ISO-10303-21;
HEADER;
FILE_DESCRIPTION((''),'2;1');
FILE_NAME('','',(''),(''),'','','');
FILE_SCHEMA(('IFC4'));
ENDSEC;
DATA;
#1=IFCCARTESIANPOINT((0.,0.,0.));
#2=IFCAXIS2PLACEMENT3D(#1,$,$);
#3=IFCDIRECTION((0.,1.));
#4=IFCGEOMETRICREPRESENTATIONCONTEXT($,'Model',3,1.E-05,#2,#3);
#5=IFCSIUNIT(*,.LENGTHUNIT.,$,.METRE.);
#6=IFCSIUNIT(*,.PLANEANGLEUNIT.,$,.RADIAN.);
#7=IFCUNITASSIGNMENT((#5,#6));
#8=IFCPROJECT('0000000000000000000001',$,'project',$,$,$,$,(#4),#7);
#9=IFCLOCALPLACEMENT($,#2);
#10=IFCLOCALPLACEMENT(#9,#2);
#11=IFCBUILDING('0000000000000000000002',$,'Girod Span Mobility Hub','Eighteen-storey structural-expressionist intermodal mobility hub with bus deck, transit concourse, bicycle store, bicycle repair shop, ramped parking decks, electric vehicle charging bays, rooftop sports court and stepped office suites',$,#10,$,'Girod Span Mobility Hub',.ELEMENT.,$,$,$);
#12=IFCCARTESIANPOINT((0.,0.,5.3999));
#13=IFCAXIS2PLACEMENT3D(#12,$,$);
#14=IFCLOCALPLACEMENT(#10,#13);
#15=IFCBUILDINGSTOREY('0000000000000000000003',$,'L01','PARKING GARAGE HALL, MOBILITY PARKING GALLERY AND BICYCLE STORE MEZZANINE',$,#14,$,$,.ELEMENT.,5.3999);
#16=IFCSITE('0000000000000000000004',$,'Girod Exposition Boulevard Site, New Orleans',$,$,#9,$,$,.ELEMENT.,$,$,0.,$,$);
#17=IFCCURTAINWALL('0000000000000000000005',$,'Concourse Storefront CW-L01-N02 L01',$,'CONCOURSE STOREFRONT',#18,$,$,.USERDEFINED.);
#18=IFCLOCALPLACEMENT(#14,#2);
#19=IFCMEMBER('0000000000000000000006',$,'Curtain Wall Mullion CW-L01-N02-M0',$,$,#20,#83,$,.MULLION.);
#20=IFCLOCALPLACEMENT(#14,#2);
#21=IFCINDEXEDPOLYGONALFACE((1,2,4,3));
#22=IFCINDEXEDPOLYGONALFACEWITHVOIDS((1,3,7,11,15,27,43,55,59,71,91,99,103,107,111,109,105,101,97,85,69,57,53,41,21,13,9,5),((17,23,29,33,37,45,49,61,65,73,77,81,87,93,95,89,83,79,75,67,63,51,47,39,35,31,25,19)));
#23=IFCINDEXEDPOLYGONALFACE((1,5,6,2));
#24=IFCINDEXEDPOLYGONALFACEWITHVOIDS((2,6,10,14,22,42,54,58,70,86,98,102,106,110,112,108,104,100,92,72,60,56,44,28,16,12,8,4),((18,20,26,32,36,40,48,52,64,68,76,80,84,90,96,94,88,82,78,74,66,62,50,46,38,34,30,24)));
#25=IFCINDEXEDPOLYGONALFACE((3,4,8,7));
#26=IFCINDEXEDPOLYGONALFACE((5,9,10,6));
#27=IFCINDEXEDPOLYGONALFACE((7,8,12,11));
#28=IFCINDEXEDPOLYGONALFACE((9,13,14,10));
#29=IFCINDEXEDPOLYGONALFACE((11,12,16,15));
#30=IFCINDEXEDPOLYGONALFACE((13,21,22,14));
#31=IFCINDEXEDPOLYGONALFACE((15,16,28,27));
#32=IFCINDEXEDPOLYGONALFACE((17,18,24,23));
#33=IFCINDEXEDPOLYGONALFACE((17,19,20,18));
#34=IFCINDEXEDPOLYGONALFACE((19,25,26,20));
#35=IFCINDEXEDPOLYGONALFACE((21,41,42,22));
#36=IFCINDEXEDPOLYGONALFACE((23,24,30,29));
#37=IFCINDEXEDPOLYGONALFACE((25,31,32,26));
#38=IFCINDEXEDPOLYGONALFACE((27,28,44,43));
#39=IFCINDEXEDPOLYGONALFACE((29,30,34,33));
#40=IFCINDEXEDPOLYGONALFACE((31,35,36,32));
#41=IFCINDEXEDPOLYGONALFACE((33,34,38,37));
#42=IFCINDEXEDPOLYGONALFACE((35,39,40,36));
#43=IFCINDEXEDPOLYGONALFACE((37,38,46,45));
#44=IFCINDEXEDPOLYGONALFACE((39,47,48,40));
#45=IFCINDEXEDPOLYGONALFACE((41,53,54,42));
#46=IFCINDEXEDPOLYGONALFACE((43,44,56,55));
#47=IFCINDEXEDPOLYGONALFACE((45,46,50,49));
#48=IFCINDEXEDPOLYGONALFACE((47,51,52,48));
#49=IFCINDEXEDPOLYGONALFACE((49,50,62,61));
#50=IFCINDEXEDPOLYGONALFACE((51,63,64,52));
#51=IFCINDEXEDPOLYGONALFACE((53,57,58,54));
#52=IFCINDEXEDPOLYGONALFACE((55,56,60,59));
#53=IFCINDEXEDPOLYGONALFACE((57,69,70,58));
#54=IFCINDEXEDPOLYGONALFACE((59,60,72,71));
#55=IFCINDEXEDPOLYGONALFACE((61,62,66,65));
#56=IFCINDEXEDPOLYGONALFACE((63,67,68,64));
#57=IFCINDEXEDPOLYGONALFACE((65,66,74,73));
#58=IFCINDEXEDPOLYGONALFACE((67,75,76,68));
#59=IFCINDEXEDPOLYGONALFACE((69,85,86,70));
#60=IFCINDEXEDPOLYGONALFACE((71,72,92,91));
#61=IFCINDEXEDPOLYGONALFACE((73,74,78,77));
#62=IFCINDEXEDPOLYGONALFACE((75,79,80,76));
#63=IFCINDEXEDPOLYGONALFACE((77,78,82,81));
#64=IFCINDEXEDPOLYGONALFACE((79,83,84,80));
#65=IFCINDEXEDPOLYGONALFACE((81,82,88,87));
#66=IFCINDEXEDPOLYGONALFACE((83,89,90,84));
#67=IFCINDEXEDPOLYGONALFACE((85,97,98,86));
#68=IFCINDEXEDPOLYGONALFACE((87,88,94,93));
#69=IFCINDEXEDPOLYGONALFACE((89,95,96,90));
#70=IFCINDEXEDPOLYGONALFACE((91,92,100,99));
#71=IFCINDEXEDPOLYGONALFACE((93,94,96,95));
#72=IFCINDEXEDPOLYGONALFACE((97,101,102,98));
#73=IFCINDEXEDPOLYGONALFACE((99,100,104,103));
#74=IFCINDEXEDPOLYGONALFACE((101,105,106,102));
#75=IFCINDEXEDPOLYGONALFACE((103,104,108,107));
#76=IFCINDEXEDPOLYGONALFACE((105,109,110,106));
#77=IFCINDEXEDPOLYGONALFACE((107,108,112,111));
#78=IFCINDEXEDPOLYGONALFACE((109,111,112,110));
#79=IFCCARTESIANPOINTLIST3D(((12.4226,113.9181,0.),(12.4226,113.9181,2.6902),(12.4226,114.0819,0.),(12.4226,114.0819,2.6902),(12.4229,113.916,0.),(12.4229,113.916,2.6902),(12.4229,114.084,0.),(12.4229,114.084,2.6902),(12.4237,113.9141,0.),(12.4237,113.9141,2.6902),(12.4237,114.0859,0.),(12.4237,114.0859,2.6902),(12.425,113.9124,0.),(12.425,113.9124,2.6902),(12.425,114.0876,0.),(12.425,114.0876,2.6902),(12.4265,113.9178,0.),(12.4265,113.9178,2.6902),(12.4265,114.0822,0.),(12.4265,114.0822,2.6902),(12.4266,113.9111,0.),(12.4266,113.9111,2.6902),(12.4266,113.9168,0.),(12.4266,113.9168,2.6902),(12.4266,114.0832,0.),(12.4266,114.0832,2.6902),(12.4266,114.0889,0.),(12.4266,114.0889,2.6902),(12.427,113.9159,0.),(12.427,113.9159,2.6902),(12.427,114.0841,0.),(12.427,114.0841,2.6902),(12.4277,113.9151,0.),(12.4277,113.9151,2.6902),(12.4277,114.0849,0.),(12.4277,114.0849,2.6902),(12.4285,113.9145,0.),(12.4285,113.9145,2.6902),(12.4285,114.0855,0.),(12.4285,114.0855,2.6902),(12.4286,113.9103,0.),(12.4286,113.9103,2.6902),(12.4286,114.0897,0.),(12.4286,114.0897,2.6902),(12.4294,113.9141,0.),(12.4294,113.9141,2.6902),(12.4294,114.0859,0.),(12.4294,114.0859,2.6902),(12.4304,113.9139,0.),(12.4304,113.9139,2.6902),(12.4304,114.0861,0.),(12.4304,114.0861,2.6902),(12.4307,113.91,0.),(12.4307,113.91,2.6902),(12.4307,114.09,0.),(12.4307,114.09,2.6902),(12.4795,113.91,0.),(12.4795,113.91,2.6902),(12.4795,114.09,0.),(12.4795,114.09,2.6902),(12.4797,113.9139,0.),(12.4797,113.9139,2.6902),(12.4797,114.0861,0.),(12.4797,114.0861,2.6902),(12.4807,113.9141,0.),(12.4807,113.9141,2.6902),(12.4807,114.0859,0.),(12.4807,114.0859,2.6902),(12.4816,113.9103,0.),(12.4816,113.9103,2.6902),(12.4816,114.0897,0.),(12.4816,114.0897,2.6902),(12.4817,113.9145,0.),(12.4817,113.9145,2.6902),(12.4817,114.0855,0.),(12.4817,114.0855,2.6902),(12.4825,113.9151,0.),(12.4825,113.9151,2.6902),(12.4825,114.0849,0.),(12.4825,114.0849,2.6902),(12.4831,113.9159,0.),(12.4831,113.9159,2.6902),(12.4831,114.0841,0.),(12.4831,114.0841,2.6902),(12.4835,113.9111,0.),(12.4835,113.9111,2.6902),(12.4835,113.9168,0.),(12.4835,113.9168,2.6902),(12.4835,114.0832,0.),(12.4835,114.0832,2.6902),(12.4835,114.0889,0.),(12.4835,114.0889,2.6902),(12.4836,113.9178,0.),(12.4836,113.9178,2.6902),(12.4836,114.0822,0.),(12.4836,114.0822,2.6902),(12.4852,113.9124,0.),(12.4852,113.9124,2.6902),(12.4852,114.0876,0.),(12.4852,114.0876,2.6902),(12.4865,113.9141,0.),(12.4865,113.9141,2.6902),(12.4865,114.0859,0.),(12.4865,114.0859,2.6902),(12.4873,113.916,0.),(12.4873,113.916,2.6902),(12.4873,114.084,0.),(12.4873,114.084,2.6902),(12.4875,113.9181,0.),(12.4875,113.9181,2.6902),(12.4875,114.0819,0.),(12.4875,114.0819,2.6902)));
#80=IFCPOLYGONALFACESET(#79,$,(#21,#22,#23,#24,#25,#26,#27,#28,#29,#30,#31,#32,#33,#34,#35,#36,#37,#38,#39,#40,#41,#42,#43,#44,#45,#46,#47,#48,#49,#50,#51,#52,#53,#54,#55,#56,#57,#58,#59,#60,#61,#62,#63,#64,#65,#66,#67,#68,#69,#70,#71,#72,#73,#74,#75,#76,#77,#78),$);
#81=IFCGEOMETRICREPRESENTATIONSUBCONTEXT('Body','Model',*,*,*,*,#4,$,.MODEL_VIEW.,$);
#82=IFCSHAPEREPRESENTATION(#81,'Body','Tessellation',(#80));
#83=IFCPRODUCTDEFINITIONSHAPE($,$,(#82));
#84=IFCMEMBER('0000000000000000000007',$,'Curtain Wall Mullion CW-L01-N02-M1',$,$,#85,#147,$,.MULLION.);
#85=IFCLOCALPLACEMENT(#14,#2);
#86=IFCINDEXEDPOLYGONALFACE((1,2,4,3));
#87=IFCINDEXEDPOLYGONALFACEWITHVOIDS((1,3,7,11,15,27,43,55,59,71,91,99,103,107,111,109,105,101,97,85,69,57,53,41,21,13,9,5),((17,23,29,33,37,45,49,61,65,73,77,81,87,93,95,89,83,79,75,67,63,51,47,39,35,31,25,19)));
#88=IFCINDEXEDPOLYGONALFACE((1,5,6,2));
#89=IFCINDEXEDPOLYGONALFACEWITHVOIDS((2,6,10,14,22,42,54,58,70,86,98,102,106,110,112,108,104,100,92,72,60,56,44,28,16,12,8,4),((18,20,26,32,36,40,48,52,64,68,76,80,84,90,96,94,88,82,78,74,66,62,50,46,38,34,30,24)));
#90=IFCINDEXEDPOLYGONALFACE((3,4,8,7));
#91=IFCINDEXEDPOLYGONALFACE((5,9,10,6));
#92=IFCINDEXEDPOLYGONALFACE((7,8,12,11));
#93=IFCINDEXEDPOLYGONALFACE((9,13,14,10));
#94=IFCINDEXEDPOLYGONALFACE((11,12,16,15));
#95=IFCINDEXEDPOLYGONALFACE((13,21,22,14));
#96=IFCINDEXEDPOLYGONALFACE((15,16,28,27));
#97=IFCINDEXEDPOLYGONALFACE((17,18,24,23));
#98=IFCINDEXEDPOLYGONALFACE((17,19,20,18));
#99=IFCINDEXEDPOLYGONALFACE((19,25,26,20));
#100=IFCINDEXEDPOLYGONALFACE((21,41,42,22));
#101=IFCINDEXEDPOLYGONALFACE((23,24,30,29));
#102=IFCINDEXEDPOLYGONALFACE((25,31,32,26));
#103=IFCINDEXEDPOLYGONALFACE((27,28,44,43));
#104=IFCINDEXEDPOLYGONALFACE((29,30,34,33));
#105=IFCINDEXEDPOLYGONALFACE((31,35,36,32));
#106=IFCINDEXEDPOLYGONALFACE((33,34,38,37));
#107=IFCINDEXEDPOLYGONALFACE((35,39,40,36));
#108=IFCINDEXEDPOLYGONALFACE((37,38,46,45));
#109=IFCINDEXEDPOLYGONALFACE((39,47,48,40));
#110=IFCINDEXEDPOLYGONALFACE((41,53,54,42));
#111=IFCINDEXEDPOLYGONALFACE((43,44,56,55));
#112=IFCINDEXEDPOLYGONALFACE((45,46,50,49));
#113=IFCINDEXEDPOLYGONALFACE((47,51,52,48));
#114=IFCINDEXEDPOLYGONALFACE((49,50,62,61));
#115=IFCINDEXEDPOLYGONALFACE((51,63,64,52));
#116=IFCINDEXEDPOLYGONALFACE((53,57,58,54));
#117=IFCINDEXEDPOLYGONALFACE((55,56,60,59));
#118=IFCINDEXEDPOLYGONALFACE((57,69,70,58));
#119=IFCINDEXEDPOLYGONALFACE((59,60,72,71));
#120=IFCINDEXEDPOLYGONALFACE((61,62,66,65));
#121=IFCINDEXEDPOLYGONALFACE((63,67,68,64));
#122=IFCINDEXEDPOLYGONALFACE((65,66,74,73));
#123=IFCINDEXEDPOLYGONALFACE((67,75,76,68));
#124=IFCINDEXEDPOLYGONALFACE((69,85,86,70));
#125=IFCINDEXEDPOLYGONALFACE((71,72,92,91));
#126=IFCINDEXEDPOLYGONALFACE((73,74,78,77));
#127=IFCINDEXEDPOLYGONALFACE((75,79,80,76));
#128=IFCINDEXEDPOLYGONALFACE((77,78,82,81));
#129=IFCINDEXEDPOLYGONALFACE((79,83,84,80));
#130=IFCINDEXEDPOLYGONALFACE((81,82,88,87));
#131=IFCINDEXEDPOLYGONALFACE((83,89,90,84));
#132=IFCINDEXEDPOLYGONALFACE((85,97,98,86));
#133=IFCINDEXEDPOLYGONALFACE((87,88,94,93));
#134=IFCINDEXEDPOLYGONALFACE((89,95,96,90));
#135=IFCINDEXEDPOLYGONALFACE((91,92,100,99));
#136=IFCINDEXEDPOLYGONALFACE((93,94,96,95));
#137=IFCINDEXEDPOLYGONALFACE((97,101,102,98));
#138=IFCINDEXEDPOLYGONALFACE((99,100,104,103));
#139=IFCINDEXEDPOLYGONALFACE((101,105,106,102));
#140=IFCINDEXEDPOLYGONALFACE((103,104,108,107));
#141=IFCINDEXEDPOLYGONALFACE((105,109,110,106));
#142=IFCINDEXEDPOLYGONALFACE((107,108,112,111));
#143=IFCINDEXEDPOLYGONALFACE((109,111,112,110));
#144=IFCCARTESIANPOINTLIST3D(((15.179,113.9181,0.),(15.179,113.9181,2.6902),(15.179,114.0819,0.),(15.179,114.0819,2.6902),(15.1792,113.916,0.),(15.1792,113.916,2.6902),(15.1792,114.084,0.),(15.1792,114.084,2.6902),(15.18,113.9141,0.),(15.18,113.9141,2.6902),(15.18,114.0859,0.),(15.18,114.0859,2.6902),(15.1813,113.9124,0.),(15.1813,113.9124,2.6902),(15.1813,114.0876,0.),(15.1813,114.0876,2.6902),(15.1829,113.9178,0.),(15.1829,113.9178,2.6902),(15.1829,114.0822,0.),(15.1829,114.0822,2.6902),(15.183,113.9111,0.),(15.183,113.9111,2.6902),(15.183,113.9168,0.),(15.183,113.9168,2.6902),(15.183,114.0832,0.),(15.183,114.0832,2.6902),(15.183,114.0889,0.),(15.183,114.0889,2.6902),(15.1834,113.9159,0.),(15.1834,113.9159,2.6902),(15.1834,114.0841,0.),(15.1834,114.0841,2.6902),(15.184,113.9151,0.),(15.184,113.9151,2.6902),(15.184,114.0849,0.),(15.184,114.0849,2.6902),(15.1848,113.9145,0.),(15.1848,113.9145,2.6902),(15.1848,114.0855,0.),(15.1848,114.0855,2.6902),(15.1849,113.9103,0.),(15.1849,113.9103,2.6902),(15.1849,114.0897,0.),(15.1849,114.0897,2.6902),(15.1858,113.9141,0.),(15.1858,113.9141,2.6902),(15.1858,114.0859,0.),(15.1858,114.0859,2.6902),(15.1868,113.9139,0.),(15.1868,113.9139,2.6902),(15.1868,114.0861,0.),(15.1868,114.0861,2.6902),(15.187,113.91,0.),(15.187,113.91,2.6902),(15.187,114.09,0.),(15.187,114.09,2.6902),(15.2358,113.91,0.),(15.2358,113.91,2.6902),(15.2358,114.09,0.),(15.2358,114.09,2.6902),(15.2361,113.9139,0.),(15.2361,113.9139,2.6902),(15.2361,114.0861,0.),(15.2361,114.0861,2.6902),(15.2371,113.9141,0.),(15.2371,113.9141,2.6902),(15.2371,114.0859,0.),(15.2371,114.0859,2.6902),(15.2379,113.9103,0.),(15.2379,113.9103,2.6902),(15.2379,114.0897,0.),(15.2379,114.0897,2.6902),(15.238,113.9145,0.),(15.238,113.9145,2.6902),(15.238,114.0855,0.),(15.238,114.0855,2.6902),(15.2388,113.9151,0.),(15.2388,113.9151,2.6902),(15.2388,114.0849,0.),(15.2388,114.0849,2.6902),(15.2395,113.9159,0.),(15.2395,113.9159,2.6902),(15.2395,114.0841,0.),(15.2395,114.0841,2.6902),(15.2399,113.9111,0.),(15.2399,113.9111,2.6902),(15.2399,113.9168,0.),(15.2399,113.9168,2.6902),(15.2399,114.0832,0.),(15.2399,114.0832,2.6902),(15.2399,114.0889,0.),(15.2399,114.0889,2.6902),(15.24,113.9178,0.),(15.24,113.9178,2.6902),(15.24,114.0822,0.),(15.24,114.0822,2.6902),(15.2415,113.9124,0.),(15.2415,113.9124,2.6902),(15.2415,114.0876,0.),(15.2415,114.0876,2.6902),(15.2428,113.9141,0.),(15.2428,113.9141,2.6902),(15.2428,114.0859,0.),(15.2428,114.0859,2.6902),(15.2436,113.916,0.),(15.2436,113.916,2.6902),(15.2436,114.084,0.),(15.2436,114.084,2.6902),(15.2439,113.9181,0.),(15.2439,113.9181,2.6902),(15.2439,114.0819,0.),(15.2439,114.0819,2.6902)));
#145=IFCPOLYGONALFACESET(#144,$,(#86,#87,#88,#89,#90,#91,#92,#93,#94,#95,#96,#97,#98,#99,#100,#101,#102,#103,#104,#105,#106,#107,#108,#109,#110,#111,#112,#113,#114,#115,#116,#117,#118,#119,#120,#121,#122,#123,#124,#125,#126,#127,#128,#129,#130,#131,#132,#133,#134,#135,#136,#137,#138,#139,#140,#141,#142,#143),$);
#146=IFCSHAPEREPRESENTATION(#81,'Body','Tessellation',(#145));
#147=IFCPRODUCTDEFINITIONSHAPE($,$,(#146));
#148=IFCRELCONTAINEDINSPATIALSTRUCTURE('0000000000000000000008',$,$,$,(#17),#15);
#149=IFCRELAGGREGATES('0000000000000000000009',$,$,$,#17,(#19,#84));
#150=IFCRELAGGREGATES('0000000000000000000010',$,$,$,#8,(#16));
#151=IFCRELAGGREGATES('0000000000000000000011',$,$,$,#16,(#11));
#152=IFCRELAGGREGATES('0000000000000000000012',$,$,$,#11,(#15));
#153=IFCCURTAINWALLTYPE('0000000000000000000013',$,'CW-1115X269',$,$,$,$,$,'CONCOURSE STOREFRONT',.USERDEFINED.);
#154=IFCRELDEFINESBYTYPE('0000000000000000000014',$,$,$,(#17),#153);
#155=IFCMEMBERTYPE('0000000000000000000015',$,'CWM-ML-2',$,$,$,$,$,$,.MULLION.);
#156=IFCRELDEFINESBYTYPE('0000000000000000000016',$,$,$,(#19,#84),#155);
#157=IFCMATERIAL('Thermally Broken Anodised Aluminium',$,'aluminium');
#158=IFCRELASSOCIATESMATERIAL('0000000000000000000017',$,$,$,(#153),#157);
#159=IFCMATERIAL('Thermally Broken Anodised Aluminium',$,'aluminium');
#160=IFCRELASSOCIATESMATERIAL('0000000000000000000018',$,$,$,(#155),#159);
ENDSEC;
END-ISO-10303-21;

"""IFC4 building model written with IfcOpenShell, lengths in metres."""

from ifc_helpers import new_model, si_unit, direction, frame, origin, origin_2d, place, context, subcontext, project, spatial, hollow_rectangle, extrude, material, material_profile, profile_set, type_object, element, aggregate, save


model = new_model("IFC4")

# Units and contexts
model_context = context("Model", 3, precision=1e-05, world=origin(), true_north=direction((0.0, 1.0)))
body_context = subcontext(model_context, "Body", "Model", "MODEL_VIEW")
ifc_project = project(units=[si_unit("LENGTHUNIT", "METRE"), si_unit("PLANEANGLEUNIT", "RADIAN")], contexts=[model_context])

# Site, building, storey
site_placement = place(None, origin())
site = spatial("IfcSite", under=ifc_project, at=site_placement, Name="Girod Exposition Boulevard Site, New Orleans", CompositionType="ELEMENT", RefElevation=0.0)
building_placement = place(site_placement, origin())
building = spatial("IfcBuilding", under=site, at=building_placement, Name="Girod Span Mobility Hub", Description="Eighteen-storey structural-expressionist intermodal mobility hub with bus deck, transit concourse, bicycle store, bicycle repair shop, ramped parking decks, electric vehicle charging bays, rooftop sports court and stepped office suites", LongName="Girod Span Mobility Hub", CompositionType="ELEMENT")
storey_placement = place(building_placement, frame((0.0, 0.0, 5.3999)))
storey = spatial("IfcBuildingStorey", under=building, at=storey_placement, Name="L01", Description="PARKING GARAGE HALL, MOBILITY PARKING GALLERY AND BICYCLE STORE MEZZANINE", CompositionType="ELEMENT", Elevation=5.3999)

# Curtain wall, members
ifc_material_1 = material(Name="Thermally Broken Anodised Aluminium", Category="aluminium")
curtain_wall_type = type_object("IfcCurtainWallType", Name="CW-1115X269", ElementType="CONCOURSE STOREFRONT", PredefinedType="USERDEFINED", material=ifc_material_1)
curtain_wall_placement = place(storey_placement, origin())
curtain_wall = element("IfcCurtainWall", 1, at=curtain_wall_placement, inside=storey, type_object=curtain_wall_type, Name="Concourse Storefront CW-L01-N02 L01", ObjectType="CONCOURSE STOREFRONT", PredefinedType="USERDEFINED")
ifc_material_2 = material(Name="Thermally Broken Anodised Aluminium", Category="aluminium")
ifc_material_profile_1 = material_profile(ifc_material_2, hollow_rectangle(XDim=0.1799, YDim=0.0649, WallThickness=0.0039, InnerFilletRadius=0.0039, OuterFilletRadius=0.0081, at=origin_2d()), Name="CW-ML-65X180")
ifc_profile_set_1 = profile_set([ifc_material_profile_1], Name="Thermally Broken Anodised Aluminium")
member_type_1 = type_object("IfcMemberType", Name="CWM-ML-2", PredefinedType="MULLION", material=ifc_profile_set_1)
member_1_placement = place(storey_placement, frame((12.4551, 114.0, 0.0), z_axis=(0.0, 0.0, 1.0), x_axis=(0.0, 1.0, 0.0)))
member_1 = element("IfcMember", 2, at=member_1_placement, type_object=member_type_1, Name="Curtain Wall Mullion CW-L01-N02-M0", PredefinedType="MULLION", context=body_context, shape_type="SweptSolid", body=[
    extrude(hollow_rectangle(XDim=0.1799, YDim=0.0649, WallThickness=0.0039, InnerFilletRadius=0.0039, OuterFilletRadius=0.0081, at=origin_2d()), origin(), (0.0, 0.0, 1.0), 2.6902),
])
member_2_placement = place(storey_placement, frame((15.2114, 114.0, 0.0), z_axis=(0.0, 0.0, 1.0), x_axis=(0.0, 1.0, 0.0)))
member_2 = element("IfcMember", 3, at=member_2_placement, type_object=member_type_1, Name="Curtain Wall Mullion CW-L01-N02-M1", PredefinedType="MULLION", context=body_context, shape_type="SweptSolid", body=[
    extrude(hollow_rectangle(XDim=0.1799, YDim=0.0649, WallThickness=0.0039, InnerFilletRadius=0.0039, OuterFilletRadius=0.0081, at=origin_2d()), origin(), (0.0, 0.0, 1.0), 2.6902),
])
aggregate(curtain_wall, [member_1, member_2])

save(model, "model.ifc")
